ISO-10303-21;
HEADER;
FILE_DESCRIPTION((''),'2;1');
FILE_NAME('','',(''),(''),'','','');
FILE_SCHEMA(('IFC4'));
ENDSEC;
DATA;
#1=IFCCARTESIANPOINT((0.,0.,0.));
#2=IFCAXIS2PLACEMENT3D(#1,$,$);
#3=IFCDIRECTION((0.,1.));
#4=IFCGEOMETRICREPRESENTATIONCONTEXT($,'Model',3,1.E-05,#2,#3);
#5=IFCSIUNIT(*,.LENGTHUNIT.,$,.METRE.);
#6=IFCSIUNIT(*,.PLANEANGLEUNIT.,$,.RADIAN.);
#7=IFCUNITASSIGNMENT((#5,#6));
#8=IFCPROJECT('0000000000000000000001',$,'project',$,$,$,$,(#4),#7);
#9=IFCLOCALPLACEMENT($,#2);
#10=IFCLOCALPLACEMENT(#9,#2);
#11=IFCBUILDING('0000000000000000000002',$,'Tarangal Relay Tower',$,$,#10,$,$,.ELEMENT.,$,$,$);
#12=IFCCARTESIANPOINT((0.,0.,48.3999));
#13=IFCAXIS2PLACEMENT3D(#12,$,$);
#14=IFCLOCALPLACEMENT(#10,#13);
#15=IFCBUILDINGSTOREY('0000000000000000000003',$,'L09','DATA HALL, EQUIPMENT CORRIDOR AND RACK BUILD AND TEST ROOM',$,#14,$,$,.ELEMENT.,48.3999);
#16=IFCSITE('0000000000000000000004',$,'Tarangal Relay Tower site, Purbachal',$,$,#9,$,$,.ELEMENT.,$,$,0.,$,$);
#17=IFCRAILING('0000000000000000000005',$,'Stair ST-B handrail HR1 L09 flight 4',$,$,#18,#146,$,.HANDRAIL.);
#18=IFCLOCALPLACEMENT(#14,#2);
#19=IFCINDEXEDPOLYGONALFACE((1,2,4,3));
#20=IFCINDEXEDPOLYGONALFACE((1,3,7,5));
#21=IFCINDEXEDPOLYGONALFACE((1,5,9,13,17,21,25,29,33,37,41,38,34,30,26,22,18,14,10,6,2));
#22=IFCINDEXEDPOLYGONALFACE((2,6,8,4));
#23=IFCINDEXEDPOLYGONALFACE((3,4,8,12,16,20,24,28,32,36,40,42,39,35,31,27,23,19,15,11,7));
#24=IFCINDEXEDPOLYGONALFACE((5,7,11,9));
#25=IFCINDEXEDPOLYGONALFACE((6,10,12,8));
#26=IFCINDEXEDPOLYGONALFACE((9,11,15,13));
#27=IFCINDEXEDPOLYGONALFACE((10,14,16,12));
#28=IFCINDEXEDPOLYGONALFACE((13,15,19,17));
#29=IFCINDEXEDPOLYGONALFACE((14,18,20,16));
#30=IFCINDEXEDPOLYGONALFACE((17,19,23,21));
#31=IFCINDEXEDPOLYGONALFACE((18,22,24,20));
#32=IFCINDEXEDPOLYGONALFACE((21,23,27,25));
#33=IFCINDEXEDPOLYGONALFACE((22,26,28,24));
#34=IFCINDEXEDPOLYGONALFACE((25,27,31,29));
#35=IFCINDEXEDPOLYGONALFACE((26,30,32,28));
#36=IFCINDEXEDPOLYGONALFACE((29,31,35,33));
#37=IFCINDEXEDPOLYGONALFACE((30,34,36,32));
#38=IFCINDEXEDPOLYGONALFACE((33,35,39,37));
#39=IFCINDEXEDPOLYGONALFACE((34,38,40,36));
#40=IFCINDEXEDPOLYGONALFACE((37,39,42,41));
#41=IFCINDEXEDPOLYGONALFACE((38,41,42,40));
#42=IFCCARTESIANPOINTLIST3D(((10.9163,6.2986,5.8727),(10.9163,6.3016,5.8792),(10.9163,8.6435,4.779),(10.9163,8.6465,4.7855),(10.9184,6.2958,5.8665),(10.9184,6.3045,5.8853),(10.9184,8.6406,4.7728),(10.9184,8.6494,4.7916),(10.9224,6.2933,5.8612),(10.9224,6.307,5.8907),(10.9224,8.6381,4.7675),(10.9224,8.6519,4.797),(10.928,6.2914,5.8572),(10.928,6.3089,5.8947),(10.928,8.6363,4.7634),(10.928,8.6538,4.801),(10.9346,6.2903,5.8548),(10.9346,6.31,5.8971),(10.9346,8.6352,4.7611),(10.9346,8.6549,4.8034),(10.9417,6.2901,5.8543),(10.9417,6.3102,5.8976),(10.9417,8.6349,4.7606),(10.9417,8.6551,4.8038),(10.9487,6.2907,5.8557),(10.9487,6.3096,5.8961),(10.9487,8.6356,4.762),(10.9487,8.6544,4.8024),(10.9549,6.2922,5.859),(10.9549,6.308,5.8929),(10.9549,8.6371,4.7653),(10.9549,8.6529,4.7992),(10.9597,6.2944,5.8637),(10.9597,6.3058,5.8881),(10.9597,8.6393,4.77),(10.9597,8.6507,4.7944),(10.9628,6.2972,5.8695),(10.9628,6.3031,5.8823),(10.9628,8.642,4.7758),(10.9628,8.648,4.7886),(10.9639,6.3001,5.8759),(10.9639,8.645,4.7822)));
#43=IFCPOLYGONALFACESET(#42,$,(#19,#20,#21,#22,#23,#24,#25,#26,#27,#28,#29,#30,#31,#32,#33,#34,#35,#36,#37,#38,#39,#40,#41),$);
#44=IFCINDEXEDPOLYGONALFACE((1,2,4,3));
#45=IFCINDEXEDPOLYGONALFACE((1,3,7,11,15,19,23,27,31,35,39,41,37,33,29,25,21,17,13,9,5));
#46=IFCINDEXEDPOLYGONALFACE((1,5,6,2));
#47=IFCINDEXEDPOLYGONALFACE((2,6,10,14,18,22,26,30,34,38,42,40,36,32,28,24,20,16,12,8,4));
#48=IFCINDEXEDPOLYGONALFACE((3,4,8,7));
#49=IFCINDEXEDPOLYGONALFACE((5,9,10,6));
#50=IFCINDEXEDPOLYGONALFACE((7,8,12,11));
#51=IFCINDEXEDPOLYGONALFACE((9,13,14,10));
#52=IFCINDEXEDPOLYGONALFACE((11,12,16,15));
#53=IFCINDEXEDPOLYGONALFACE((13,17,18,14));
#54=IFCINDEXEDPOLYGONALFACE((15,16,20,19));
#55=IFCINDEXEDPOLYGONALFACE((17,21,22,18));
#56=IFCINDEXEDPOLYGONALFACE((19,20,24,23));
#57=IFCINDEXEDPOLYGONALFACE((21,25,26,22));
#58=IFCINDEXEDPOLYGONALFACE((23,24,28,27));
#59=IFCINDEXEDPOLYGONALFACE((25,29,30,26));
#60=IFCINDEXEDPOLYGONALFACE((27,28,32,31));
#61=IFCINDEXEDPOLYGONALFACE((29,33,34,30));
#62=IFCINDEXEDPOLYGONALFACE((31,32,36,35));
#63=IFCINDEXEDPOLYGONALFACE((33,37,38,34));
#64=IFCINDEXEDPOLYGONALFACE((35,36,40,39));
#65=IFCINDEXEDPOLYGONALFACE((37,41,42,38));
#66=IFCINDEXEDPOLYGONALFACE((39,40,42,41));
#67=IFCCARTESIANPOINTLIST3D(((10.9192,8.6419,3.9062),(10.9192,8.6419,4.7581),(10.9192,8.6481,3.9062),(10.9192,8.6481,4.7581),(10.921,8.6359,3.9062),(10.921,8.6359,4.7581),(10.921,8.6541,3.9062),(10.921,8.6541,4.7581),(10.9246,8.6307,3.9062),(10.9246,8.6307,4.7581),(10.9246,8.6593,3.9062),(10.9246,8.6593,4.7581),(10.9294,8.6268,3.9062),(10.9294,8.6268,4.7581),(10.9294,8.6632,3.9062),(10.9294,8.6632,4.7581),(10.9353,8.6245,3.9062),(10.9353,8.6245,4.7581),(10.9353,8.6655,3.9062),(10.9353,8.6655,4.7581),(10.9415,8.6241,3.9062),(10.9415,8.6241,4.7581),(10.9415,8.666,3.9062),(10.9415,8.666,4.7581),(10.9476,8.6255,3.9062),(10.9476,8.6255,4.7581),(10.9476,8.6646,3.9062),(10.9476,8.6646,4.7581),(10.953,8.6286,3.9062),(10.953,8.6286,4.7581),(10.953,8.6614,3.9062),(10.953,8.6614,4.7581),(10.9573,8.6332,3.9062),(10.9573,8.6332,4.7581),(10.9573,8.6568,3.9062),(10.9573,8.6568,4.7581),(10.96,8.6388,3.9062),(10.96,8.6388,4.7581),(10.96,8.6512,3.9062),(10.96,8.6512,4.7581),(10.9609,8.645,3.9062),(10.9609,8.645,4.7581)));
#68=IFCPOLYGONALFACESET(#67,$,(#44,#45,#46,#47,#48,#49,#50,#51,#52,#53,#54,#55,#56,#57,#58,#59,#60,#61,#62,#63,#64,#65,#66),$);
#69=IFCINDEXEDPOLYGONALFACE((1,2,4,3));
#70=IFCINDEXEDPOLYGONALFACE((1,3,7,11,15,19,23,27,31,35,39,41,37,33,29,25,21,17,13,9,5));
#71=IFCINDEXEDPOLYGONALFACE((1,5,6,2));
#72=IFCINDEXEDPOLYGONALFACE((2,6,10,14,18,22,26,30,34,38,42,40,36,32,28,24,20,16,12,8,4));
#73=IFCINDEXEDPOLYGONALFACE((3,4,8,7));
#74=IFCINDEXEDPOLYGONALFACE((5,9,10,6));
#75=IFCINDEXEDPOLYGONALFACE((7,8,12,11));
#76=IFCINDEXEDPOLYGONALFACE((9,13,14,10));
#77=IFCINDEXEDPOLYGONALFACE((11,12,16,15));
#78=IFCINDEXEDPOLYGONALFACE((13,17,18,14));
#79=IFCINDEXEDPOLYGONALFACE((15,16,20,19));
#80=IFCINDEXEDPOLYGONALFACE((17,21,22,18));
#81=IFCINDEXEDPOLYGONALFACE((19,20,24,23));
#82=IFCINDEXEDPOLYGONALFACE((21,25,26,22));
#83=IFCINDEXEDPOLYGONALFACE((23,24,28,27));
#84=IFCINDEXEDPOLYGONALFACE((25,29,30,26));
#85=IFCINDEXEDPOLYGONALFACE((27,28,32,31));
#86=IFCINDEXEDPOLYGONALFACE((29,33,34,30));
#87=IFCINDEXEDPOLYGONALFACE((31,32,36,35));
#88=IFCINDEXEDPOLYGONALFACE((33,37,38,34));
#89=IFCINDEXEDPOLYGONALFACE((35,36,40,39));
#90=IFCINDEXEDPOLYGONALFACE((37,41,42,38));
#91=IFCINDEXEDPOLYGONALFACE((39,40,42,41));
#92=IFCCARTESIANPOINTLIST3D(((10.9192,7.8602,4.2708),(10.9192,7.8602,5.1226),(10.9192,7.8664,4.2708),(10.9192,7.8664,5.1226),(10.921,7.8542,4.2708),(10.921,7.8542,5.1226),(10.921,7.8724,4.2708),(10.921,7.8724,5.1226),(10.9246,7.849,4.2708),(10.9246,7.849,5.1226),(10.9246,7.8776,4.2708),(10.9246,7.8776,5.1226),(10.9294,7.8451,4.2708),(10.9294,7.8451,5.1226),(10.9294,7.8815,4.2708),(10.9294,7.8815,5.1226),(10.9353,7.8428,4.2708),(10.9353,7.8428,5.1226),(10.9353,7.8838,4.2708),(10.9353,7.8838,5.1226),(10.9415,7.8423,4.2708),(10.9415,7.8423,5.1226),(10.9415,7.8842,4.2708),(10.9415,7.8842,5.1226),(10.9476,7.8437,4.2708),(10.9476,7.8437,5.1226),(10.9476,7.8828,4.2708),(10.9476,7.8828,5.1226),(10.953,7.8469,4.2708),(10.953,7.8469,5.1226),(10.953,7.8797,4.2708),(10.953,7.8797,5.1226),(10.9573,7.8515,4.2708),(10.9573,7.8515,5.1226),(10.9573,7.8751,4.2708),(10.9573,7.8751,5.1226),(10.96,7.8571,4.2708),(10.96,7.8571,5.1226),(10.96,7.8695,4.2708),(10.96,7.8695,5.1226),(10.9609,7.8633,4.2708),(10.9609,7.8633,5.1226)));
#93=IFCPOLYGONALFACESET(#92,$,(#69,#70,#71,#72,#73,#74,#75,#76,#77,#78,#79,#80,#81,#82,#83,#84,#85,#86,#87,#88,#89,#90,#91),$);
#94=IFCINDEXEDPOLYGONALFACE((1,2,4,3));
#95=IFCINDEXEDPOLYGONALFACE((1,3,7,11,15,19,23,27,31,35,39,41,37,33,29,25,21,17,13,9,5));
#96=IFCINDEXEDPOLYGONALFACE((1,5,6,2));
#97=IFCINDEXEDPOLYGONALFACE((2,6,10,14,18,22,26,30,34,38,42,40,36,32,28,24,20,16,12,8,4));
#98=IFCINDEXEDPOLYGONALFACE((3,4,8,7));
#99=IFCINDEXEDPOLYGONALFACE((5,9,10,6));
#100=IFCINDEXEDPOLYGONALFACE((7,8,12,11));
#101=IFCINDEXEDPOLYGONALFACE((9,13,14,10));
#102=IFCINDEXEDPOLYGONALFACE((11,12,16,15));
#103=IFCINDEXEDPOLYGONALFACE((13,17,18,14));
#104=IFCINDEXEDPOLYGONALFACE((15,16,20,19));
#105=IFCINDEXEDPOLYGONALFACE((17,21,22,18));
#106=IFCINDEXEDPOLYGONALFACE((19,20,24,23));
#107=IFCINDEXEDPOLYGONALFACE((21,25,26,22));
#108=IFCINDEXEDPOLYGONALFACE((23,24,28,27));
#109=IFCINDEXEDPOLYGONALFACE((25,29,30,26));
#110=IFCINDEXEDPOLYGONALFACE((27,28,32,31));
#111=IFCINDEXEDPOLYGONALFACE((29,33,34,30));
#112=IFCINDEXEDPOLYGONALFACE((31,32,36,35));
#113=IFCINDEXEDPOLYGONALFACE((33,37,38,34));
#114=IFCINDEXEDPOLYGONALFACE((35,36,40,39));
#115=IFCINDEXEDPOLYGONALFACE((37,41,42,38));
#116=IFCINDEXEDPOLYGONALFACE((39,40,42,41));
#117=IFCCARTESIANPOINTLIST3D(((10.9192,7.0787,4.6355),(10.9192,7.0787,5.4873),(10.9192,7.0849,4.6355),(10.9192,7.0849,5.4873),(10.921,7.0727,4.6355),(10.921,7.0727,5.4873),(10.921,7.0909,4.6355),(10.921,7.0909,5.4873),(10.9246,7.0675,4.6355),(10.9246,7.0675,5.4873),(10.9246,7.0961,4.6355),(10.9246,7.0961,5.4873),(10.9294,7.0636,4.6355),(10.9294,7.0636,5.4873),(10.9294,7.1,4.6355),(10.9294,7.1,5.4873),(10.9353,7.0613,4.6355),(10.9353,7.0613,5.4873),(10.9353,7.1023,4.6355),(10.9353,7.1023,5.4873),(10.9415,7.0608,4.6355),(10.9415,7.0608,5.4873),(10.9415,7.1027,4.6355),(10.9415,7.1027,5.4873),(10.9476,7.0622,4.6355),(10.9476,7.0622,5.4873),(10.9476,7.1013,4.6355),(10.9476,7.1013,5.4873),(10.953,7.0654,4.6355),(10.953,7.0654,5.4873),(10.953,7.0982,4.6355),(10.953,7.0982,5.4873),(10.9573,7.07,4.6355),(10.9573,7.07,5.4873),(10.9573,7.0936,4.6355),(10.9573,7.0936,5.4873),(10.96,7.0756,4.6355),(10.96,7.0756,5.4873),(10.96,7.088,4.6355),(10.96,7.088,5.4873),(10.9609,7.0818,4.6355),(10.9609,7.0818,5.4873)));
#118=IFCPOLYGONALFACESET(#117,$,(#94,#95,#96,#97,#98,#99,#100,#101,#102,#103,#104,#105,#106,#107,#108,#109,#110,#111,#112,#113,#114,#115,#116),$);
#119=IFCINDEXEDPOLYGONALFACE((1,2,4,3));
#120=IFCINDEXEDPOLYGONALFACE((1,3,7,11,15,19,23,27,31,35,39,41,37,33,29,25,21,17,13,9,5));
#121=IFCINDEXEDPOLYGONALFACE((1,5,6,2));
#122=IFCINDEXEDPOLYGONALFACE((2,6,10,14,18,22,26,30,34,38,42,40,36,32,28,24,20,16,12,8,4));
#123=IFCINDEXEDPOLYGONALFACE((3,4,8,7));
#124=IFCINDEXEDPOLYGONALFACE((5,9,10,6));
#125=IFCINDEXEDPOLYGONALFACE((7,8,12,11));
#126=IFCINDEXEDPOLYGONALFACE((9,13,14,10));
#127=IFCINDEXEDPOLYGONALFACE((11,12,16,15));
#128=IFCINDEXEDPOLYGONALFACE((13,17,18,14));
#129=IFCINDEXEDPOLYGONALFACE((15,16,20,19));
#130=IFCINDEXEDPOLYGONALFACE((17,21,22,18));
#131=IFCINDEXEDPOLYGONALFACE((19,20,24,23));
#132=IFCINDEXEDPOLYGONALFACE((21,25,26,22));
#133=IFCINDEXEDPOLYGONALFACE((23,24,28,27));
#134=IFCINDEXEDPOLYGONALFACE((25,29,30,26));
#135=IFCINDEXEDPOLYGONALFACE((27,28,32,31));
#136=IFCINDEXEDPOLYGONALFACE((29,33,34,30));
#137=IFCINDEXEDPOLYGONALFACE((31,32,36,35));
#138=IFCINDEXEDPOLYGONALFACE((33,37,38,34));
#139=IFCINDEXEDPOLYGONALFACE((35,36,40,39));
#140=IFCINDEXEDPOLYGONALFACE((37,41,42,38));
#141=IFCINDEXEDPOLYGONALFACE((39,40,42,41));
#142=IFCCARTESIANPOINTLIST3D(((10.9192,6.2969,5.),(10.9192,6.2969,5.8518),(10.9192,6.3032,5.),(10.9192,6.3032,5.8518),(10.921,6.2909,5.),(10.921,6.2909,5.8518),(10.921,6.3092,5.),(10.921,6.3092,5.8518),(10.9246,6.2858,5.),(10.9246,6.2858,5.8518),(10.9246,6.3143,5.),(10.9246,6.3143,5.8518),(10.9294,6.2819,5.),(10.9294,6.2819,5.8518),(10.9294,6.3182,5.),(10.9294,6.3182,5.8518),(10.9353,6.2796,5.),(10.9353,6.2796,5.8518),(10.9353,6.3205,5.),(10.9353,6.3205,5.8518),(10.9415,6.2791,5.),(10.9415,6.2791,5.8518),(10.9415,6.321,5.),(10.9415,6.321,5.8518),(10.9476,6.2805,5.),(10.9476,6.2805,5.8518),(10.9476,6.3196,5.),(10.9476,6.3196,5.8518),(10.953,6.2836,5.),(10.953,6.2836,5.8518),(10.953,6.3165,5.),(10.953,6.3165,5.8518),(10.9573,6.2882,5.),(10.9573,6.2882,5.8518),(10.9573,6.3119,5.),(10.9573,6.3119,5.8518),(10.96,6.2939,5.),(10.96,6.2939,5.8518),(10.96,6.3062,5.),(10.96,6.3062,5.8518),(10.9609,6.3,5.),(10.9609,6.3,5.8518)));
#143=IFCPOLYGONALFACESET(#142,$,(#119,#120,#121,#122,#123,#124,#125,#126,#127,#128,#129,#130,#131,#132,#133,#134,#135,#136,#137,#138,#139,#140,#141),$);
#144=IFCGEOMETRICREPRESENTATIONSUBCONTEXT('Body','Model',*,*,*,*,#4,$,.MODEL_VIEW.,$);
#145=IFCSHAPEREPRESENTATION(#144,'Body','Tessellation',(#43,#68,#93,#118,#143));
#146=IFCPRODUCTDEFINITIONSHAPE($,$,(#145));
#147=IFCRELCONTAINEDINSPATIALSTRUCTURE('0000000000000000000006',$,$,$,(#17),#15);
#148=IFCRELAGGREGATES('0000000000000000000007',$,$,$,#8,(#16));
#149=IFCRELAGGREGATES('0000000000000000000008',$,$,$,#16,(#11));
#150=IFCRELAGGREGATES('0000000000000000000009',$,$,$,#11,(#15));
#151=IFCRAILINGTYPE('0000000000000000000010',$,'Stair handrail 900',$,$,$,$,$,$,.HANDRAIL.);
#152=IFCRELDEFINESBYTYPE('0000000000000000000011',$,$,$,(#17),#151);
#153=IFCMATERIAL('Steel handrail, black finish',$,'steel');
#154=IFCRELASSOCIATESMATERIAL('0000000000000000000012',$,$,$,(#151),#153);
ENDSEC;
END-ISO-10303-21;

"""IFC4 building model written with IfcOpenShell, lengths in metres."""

from ifc_helpers import new_model, si_unit, direction, frame, origin, origin_2d, place, context, subcontext, project, spatial, circle, extrude, material, type_object, element, save


model = new_model("IFC4")

# Units and contexts
model_context = context("Model", 3, precision=1e-05, world=origin(), true_north=direction((0.0, 1.0)))
body_context = subcontext(model_context, "Body", "Model", "MODEL_VIEW")
ifc_project = project(units=[si_unit("LENGTHUNIT", "METRE"), si_unit("PLANEANGLEUNIT", "RADIAN")], contexts=[model_context])

# Site, building, storey
site_placement = place(None, origin())
site = spatial("IfcSite", under=ifc_project, at=site_placement, Name="Tarangal Relay Tower site, Purbachal", CompositionType="ELEMENT", RefElevation=0.0)
building_placement = place(site_placement, origin())
building = spatial("IfcBuilding", under=site, at=building_placement, Name="Tarangal Relay Tower", CompositionType="ELEMENT")
storey_placement = place(building_placement, frame((0.0, 0.0, 48.3999)))
storey = spatial("IfcBuildingStorey", under=building, at=storey_placement, Name="L09", Description="DATA HALL, EQUIPMENT CORRIDOR AND RACK BUILD AND TEST ROOM", CompositionType="ELEMENT", Elevation=48.3999)

# Railing
ifc_material_1 = material(Name="Steel handrail, black finish", Category="steel")
railing_type_1 = type_object("IfcRailingType", Name="Stair handrail 900", PredefinedType="HANDRAIL", material=ifc_material_1)
for number, where, name in (
    (1, (10.9399, 8.645, 3.9062), "Stair ST-B handrail HR1 L09 flight 4"),
):
    element("IfcRailing", number, at=place(storey_placement, frame(where)), inside=storey, type_object=railing_type_1, Name=name, PredefinedType="HANDRAIL", context=body_context, shape_type="SweptSolid", body=[
        extrude(circle(Radius=0.0239, at=origin_2d()), frame((0.0, 0.0, 0.876), z_axis=(0.0, -0.906267, 0.422705), x_axis=(1.0, 0.0, 0.0)), (0.0, 0.0, 1.0), 2.5874),
        extrude(circle(Radius=0.021, at=origin_2d()), origin(), (0.0, 0.0, 1.0), 0.8518),
        extrude(circle(Radius=0.021, at=origin_2d()), frame((0.0, -0.7817, 0.3645)), (0.0, 0.0, 1.0), 0.8518),
        extrude(circle(Radius=0.021, at=origin_2d()), frame((0.0, -1.5632, 0.7292)), (0.0, 0.0, 1.0), 0.8518),
        extrude(circle(Radius=0.021, at=origin_2d()), frame((0.0, -2.345, 1.0938)), (0.0, 0.0, 1.0), 0.8518),
    ])

save(model, "model.ifc")
